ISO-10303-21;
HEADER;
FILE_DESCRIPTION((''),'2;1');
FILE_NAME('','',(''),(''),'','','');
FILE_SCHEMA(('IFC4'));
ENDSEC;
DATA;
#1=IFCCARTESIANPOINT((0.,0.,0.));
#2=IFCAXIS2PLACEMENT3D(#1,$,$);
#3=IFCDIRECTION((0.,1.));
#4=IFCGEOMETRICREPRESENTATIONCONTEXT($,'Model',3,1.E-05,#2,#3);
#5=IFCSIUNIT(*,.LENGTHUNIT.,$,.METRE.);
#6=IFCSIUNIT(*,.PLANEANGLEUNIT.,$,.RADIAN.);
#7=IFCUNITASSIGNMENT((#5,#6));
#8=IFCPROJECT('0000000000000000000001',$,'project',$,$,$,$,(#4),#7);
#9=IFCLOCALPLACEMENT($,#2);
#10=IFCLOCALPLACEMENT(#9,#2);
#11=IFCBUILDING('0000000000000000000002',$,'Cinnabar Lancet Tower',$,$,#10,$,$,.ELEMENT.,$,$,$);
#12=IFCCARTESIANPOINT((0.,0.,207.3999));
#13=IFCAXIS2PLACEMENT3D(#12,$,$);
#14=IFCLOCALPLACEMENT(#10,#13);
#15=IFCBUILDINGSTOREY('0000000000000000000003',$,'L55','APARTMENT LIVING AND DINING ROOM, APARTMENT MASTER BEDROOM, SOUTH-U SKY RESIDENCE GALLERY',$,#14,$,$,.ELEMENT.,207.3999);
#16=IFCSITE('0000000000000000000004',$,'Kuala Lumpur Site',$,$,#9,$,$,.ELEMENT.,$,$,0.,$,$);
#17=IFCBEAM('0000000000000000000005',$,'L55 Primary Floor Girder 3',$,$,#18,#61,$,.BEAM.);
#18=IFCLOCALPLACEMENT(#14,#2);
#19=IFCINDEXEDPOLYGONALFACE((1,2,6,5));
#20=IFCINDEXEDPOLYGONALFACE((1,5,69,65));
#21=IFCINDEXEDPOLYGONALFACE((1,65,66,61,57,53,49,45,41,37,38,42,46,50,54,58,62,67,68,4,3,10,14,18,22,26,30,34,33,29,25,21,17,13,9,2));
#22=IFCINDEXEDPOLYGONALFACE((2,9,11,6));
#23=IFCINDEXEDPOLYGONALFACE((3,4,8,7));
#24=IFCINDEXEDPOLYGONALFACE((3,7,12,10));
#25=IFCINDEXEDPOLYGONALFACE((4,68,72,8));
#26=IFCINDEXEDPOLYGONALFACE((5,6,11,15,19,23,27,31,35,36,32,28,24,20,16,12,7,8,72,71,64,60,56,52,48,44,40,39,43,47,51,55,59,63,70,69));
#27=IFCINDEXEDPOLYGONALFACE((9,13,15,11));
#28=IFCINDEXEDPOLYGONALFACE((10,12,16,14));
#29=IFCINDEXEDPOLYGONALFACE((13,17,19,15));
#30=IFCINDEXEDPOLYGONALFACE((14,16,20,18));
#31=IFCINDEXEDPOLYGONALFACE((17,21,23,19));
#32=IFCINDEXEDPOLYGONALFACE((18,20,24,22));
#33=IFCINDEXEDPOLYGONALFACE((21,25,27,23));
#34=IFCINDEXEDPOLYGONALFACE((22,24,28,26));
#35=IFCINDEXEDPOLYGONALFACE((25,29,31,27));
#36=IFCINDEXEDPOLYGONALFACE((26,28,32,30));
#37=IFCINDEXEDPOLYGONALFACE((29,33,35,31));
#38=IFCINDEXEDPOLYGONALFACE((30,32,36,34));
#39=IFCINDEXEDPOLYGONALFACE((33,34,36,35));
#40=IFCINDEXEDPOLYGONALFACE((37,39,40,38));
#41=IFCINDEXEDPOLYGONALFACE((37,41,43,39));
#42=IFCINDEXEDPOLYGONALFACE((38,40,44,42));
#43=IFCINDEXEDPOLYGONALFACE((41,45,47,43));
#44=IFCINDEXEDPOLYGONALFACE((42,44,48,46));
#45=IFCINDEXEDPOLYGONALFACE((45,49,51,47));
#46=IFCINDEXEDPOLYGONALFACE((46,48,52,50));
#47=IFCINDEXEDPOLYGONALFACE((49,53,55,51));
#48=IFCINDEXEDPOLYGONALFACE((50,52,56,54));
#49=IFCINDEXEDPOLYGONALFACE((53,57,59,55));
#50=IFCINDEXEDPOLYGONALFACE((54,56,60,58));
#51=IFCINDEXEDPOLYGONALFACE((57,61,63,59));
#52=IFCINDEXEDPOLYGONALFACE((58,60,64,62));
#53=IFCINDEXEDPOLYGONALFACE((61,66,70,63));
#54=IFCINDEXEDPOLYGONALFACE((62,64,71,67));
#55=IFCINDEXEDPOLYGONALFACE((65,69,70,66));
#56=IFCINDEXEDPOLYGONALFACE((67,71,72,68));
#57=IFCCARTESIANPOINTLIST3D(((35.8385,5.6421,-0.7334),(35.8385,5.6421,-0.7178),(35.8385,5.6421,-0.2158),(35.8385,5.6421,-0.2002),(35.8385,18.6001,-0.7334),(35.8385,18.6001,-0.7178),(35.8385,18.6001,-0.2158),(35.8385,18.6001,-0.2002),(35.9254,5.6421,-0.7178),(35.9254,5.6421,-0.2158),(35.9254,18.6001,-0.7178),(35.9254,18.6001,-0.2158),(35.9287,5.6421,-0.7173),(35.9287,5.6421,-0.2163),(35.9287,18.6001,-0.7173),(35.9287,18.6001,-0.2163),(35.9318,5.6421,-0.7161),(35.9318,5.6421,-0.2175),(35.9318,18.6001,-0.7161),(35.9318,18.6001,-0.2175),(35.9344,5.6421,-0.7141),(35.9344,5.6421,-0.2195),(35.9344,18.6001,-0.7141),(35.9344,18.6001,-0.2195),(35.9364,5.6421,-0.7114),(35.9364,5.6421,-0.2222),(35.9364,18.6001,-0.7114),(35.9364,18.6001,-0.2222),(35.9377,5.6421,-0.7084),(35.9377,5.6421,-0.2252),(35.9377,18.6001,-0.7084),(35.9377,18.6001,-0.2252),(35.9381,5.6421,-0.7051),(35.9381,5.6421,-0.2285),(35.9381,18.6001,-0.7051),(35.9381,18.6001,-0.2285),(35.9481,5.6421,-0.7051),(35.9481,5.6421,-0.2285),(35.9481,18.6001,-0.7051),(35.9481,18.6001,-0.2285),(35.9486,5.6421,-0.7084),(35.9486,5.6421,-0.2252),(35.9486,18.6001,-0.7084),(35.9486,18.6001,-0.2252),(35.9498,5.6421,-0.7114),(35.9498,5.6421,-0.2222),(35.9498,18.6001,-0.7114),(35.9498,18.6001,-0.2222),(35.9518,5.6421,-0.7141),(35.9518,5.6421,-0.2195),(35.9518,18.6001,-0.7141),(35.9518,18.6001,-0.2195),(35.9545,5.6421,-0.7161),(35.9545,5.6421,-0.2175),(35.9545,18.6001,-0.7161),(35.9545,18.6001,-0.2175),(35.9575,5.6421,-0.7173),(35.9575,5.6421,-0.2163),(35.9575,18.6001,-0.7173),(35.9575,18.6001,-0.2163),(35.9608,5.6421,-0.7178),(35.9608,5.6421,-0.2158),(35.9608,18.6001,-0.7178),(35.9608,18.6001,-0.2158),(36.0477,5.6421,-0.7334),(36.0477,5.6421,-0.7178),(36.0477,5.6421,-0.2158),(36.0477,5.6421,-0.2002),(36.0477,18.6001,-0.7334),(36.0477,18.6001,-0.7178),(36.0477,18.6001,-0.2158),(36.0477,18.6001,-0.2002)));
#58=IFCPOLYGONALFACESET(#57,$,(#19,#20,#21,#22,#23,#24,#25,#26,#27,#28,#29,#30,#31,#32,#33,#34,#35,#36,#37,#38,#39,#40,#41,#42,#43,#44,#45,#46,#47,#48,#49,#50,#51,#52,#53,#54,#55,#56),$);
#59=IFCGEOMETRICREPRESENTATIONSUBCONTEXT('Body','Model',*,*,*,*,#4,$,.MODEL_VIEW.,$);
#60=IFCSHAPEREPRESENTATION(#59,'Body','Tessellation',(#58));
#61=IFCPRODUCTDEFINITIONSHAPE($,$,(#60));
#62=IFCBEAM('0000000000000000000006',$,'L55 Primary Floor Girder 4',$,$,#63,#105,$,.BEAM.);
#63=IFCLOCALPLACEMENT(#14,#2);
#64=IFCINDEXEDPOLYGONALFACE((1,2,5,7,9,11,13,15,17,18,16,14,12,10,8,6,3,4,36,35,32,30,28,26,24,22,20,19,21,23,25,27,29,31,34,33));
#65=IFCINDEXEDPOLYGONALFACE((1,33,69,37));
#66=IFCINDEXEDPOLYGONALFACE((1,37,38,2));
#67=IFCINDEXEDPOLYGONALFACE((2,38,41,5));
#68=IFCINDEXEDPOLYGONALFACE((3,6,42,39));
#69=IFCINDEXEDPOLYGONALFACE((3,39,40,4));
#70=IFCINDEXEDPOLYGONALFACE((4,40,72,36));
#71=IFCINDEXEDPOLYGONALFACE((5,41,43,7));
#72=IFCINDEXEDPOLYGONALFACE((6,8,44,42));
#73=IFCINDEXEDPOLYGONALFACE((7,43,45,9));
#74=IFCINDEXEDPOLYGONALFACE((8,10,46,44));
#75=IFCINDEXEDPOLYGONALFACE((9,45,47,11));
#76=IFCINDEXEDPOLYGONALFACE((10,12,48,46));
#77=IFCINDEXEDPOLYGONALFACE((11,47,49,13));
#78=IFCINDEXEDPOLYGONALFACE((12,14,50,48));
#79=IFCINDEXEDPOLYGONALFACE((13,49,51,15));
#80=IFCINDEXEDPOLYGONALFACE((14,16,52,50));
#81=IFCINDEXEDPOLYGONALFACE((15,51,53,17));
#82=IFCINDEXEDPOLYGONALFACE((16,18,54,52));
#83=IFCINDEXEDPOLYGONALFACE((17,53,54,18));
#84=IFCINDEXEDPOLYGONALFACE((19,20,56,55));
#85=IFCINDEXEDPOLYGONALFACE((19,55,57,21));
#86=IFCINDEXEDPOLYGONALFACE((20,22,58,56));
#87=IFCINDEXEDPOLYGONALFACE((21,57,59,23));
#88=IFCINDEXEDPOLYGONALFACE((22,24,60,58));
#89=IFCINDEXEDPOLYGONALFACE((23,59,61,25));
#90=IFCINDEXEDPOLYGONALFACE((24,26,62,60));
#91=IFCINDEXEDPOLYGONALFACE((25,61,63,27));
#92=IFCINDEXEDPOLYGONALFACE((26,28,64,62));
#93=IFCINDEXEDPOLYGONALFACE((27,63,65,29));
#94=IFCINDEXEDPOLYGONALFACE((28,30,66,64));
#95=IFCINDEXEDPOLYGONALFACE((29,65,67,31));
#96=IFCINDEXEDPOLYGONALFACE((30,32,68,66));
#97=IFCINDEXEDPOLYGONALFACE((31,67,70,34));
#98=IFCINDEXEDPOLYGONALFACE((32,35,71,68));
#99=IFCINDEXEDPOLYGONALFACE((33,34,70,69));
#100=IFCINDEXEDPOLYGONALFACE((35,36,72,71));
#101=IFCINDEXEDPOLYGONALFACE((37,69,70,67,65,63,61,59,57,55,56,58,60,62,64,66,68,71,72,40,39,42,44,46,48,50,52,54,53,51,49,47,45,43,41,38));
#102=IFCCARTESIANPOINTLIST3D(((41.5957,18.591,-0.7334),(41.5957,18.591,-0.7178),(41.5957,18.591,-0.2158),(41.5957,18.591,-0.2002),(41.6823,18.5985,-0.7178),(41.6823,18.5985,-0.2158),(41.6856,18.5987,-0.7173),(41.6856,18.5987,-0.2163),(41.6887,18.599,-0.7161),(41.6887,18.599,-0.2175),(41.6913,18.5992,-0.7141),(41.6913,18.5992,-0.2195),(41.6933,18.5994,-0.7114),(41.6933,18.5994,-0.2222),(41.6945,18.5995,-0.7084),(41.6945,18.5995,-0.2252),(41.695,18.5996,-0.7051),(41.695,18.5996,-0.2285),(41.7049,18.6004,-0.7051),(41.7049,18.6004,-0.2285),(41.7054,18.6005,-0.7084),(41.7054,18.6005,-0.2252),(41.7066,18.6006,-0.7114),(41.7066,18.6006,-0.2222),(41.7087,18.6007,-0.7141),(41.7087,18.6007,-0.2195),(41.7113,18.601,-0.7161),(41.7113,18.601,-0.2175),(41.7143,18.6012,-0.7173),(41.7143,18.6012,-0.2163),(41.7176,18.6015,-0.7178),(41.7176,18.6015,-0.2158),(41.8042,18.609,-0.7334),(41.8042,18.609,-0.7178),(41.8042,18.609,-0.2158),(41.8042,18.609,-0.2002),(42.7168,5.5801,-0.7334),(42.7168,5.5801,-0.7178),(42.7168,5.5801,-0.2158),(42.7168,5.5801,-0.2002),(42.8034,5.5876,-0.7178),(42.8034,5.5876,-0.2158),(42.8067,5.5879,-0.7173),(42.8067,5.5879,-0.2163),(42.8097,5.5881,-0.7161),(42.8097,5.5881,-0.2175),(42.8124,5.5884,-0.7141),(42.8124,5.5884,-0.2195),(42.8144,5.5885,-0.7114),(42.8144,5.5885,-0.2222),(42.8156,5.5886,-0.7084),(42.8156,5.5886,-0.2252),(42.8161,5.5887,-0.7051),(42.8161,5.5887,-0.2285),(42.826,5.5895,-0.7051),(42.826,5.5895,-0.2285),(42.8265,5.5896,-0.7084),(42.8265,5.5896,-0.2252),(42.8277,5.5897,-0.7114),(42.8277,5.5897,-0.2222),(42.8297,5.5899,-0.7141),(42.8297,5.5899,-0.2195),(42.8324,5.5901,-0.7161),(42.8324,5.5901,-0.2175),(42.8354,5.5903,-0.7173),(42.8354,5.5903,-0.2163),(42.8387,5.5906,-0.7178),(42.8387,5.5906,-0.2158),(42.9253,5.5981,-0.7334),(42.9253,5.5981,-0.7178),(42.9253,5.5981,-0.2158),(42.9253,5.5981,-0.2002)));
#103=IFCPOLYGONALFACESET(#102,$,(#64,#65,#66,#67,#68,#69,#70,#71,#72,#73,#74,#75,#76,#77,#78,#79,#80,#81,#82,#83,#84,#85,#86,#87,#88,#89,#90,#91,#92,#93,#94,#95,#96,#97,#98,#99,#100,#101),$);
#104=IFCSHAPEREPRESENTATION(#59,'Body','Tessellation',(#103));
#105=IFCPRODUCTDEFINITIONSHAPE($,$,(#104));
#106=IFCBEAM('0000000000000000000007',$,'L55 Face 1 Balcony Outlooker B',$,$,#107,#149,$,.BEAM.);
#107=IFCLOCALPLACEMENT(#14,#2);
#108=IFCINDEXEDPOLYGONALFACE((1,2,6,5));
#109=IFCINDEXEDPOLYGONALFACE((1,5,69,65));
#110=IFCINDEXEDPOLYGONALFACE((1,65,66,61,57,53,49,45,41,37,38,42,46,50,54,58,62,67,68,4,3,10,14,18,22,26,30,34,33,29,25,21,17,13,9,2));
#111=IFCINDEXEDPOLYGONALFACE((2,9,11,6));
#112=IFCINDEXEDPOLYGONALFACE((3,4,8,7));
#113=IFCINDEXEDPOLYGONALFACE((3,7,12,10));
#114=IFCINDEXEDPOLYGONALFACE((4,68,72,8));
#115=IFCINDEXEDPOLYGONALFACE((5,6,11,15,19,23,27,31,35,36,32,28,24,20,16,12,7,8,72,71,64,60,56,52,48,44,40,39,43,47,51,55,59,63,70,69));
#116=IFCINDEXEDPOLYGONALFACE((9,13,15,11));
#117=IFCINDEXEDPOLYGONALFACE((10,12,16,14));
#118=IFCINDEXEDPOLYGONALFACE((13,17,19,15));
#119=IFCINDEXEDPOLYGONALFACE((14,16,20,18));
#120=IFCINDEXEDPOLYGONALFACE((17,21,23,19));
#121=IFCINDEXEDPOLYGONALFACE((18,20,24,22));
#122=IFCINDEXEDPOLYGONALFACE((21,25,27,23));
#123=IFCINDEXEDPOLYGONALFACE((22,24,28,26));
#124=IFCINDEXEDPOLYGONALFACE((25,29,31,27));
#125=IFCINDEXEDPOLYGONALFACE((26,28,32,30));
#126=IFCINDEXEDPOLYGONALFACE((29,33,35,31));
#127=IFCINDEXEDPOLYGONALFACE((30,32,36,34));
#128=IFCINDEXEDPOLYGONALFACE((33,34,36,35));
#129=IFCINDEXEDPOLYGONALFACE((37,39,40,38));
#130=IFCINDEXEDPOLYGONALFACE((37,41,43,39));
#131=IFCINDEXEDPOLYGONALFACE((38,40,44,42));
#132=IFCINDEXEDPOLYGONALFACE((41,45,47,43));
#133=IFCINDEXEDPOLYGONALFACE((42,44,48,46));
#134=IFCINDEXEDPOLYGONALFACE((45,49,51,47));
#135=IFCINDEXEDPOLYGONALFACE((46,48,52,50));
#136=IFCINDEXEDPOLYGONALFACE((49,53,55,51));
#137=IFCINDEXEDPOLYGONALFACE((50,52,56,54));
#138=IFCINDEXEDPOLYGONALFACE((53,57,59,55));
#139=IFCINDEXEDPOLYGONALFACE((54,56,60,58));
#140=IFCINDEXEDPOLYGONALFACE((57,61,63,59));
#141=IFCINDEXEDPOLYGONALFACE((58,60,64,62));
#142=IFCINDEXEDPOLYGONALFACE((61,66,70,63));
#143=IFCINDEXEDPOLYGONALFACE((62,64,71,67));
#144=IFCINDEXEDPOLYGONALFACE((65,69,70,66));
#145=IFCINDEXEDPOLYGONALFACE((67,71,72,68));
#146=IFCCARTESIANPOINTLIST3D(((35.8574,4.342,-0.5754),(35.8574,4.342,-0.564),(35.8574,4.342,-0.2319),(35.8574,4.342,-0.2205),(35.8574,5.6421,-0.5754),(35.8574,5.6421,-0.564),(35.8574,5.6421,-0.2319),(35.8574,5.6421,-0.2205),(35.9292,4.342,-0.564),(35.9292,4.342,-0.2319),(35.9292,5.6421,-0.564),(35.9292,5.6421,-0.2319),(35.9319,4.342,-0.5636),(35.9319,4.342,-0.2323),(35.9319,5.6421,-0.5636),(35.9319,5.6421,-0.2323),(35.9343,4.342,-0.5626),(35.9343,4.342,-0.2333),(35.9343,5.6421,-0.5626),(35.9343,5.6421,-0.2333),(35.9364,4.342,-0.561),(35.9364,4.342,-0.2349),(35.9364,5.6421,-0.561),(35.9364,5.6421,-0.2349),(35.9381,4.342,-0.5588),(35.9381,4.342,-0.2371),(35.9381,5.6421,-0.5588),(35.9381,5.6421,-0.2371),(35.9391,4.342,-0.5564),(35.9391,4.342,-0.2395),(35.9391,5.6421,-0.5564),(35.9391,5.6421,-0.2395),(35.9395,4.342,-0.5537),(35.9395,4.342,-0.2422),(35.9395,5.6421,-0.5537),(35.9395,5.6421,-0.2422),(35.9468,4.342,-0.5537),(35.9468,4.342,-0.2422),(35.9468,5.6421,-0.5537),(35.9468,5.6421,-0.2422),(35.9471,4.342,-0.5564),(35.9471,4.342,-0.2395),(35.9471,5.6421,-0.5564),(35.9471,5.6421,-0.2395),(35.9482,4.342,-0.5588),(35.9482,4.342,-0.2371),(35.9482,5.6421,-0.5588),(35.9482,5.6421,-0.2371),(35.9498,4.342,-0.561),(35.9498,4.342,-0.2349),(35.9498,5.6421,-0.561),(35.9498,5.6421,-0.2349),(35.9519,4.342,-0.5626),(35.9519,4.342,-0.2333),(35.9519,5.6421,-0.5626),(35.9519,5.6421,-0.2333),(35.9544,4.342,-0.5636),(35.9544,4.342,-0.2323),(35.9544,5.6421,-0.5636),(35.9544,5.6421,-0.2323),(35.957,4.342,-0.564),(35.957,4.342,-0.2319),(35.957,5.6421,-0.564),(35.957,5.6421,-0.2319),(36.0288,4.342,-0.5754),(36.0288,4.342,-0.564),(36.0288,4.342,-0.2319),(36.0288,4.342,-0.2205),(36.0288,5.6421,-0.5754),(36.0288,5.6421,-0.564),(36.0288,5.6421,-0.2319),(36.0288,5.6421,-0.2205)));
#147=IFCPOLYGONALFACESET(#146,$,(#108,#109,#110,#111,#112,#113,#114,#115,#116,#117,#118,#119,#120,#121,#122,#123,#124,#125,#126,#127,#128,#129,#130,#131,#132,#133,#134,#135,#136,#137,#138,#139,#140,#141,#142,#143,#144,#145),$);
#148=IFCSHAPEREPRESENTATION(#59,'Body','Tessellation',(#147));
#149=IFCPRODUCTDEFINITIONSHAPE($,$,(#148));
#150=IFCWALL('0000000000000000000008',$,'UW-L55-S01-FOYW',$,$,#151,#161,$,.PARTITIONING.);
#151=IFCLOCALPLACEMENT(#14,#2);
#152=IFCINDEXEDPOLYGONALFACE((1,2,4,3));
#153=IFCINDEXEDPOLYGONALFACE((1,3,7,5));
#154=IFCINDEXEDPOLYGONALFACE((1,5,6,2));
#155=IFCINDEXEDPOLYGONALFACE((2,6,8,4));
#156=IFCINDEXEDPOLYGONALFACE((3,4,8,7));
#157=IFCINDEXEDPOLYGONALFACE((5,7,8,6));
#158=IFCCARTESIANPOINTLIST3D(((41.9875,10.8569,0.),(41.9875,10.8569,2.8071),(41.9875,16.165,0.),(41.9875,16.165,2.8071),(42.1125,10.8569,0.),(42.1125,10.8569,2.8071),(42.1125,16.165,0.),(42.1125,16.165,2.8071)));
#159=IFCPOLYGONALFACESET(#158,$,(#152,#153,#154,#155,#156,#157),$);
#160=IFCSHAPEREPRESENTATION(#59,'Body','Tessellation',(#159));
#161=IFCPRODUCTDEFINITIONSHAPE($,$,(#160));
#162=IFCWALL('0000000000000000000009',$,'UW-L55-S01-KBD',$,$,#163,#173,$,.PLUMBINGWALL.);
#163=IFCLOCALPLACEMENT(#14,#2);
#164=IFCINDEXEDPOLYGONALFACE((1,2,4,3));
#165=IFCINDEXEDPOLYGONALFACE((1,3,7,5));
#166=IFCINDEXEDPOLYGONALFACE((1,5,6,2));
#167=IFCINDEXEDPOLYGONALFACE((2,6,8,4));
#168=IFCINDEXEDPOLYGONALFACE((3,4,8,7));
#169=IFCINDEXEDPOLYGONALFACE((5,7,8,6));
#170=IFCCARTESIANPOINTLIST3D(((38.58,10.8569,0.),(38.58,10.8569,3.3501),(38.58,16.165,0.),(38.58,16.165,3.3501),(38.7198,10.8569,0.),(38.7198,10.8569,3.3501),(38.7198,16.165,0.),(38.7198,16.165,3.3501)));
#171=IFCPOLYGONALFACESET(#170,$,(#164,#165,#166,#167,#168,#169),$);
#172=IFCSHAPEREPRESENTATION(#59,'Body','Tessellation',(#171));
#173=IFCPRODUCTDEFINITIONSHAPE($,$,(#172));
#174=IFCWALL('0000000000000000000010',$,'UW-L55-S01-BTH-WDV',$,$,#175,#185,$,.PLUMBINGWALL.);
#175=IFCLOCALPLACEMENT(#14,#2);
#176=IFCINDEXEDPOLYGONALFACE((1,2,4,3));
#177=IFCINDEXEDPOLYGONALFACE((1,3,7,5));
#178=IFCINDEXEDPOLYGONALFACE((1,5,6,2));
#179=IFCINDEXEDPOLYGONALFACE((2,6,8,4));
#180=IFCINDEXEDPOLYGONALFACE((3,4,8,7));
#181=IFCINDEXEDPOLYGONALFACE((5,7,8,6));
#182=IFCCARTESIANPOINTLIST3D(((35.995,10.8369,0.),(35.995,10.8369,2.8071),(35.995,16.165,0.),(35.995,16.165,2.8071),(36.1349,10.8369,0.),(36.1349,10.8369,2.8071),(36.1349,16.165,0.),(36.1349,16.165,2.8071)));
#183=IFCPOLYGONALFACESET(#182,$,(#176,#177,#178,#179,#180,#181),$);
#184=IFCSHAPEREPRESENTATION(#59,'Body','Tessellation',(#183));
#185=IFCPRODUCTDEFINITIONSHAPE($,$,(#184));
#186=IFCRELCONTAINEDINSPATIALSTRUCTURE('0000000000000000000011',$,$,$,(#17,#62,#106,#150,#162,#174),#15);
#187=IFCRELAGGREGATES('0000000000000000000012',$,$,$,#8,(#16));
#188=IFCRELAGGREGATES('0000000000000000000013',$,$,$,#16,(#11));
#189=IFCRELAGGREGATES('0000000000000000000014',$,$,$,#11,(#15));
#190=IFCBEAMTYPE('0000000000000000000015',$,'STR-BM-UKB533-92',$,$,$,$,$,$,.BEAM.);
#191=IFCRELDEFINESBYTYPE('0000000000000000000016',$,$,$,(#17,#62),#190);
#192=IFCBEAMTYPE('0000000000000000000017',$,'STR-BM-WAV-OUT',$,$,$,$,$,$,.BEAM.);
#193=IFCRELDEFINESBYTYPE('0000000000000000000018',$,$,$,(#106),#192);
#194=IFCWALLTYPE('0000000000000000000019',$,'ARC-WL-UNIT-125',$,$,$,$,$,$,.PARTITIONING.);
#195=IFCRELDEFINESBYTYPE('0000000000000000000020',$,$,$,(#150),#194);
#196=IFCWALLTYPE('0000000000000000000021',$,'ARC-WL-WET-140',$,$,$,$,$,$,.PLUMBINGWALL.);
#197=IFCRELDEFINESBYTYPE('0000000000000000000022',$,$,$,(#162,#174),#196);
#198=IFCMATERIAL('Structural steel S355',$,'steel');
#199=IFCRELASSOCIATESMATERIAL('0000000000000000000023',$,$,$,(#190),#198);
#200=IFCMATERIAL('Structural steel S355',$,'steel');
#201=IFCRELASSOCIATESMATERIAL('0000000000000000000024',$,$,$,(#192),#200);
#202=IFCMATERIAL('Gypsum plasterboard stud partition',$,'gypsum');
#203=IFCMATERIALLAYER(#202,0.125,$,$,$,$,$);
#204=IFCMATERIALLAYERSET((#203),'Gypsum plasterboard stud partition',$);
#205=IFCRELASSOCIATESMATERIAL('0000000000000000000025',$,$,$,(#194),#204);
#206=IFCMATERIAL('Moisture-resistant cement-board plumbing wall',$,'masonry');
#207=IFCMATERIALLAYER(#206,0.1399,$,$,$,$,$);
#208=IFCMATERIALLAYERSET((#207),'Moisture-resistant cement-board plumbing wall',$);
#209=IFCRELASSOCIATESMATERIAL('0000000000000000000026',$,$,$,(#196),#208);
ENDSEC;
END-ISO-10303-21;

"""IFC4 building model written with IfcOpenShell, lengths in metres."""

from ifc_helpers import new_model, si_unit, direction, frame, frame_2d, origin, origin_2d, place, context, subcontext, project, spatial, rectangle, i_section, extrude, material, layer, layer_set, material_profile, profile_set, type_object, element, save


model = new_model("IFC4")

# Units and contexts
model_context = context("Model", 3, precision=1e-05, world=origin(), true_north=direction((0.0, 1.0)))
body_context = subcontext(model_context, "Body", "Model", "MODEL_VIEW")
ifc_project = project(units=[si_unit("LENGTHUNIT", "METRE"), si_unit("PLANEANGLEUNIT", "RADIAN")], contexts=[model_context])

# Site, building, storey
site_placement = place(None, origin())
site = spatial("IfcSite", under=ifc_project, at=site_placement, Name="Kuala Lumpur Site", CompositionType="ELEMENT", RefElevation=0.0)
building_placement = place(site_placement, origin())
building = spatial("IfcBuilding", under=site, at=building_placement, Name="Cinnabar Lancet Tower", CompositionType="ELEMENT")
storey_placement = place(building_placement, frame((0.0, 0.0, 207.3999)))
storey = spatial("IfcBuildingStorey", under=building, at=storey_placement, Name="L55", Description="APARTMENT LIVING AND DINING ROOM, APARTMENT MASTER BEDROOM, SOUTH-U SKY RESIDENCE GALLERY", CompositionType="ELEMENT", Elevation=207.3999)

# Beams
ifc_material_1 = material(Name="Structural steel S355", Category="steel")
ifc_material_profile_1 = material_profile(ifc_material_1, i_section(OverallWidth=0.2092, OverallDepth=0.5332, WebThickness=0.01, FlangeThickness=0.0156, FilletRadius=0.0127, at=origin_2d()), Name="UKB 533x210x92")
ifc_profile_set_1 = profile_set([ifc_material_profile_1], Name="Structural steel S355")
beam_type_1 = type_object("IfcBeamType", Name="STR-BM-UKB533-92", PredefinedType="BEAM", material=ifc_profile_set_1)
beam_1_placement = place(storey_placement, frame((35.9431, 5.6421, -0.4668), z_axis=(0.0, 1.0, 0.0), x_axis=(-1.0, 0.0, 0.0)))
element("IfcBeam", 1, at=beam_1_placement, inside=storey, type_object=beam_type_1, Name="L55 Primary Floor Girder 3", PredefinedType="BEAM", context=body_context, shape_type="SweptSolid", body=[
    extrude(i_section(OverallWidth=0.2092, OverallDepth=0.5332, WebThickness=0.01, FlangeThickness=0.0156, FilletRadius=0.0127, at=origin_2d()), origin(), (0.0, 0.0, 1.0), 12.958),
])
beam_2_placement = place(storey_placement, frame((42.821, 5.5891, -0.4668), z_axis=(-0.085847, 0.996308, 0.0), x_axis=(-0.996308, -0.085847, 0.0)))
element("IfcBeam", 2, at=beam_2_placement, inside=storey, type_object=beam_type_1, Name="L55 Primary Floor Girder 4", PredefinedType="BEAM", context=body_context, shape_type="SweptSolid", body=[
    extrude(i_section(OverallWidth=0.2092, OverallDepth=0.5332, WebThickness=0.01, FlangeThickness=0.0156, FilletRadius=0.0127, at=origin_2d()), origin(), (0.0, 0.0, 1.0), 13.0591),
])
ifc_material_2 = material(Name="Structural steel S355", Category="steel")
ifc_material_profile_2 = material_profile(ifc_material_2, i_section(OverallWidth=0.1714, OverallDepth=0.355, WebThickness=0.0073, FlangeThickness=0.0115, FilletRadius=0.0103, at=origin_2d()), Name="UKB 356x171x51")
ifc_profile_set_2 = profile_set([ifc_material_profile_2], Name="Structural steel S355")
beam_type_2 = type_object("IfcBeamType", Name="STR-BM-WAV-OUT", PredefinedType="BEAM", material=ifc_profile_set_2)
beam_3_placement = place(storey_placement, frame((35.9431, 5.6421, -0.3979), z_axis=(0.0, -1.0, 0.0), x_axis=(1.0, 0.0, 0.0)))
element("IfcBeam", 3, at=beam_3_placement, inside=storey, type_object=beam_type_2, Name="L55 Face 1 Balcony Outlooker B", PredefinedType="BEAM", context=body_context, shape_type="SweptSolid", body=[
    extrude(i_section(OverallWidth=0.1714, OverallDepth=0.355, WebThickness=0.0073, FlangeThickness=0.0115, FilletRadius=0.0103, at=origin_2d()), origin(), (0.0, 0.0, 1.0), 1.3),
])

# Walls
ifc_material_3 = material(Name="Gypsum plasterboard stud partition", Category="gypsum")
ifc_layer_1 = layer(ifc_material_3, 0.125)
ifc_layer_set_1 = layer_set([ifc_layer_1], Name="Gypsum plasterboard stud partition")
wall_type_1 = type_object("IfcWallType", Name="ARC-WL-UNIT-125", PredefinedType="PARTITIONING", material=ifc_layer_set_1)
wall_1_placement = place(storey_placement, frame((42.05, 10.8569, 0.0), z_axis=(0.0, 0.0, 1.0), x_axis=(0.0, 1.0, 0.0)))
element("IfcWall", 4, at=wall_1_placement, inside=storey, type_object=wall_type_1, Name="UW-L55-S01-FOYW", PredefinedType="PARTITIONING", context=body_context, shape_type="SweptSolid", body=[
    extrude(rectangle(XDim=5.3081, YDim=0.125, at=frame_2d((2.6541, 0.0))), origin(), (0.0, 0.0, 1.0), 2.8071),
])
ifc_material_4 = material(Name="Moisture-resistant cement-board plumbing wall", Category="masonry")
ifc_layer_2 = layer(ifc_material_4, 0.1399)
ifc_layer_set_2 = layer_set([ifc_layer_2], Name="Moisture-resistant cement-board plumbing wall")
wall_type_2 = type_object("IfcWallType", Name="ARC-WL-WET-140", PredefinedType="PLUMBINGWALL", material=ifc_layer_set_2)
wall_2_placement = place(storey_placement, frame((38.6499, 10.8569, 0.0), z_axis=(0.0, 0.0, 1.0), x_axis=(0.0, 1.0, 0.0)))
element("IfcWall", 5, at=wall_2_placement, inside=storey, type_object=wall_type_2, Name="UW-L55-S01-KBD", PredefinedType="PLUMBINGWALL", context=body_context, shape_type="SweptSolid", body=[
    extrude(rectangle(XDim=5.3081, YDim=0.1399, at=frame_2d((2.6541, 0.0))), origin(), (0.0, 0.0, 1.0), 3.3501),
])
wall_3_placement = place(storey_placement, frame((36.0649, 10.8369, 0.0), z_axis=(0.0, 0.0, 1.0), x_axis=(0.0, 1.0, 0.0)))
element("IfcWall", 6, at=wall_3_placement, inside=storey, type_object=wall_type_2, Name="UW-L55-S01-BTH-WDV", PredefinedType="PLUMBINGWALL", context=body_context, shape_type="SweptSolid", body=[
    extrude(rectangle(XDim=5.3281, YDim=0.1399, at=frame_2d((2.6641, 0.0))), origin(), (0.0, 0.0, 1.0), 2.8071),
])

save(model, "model.ifc")
